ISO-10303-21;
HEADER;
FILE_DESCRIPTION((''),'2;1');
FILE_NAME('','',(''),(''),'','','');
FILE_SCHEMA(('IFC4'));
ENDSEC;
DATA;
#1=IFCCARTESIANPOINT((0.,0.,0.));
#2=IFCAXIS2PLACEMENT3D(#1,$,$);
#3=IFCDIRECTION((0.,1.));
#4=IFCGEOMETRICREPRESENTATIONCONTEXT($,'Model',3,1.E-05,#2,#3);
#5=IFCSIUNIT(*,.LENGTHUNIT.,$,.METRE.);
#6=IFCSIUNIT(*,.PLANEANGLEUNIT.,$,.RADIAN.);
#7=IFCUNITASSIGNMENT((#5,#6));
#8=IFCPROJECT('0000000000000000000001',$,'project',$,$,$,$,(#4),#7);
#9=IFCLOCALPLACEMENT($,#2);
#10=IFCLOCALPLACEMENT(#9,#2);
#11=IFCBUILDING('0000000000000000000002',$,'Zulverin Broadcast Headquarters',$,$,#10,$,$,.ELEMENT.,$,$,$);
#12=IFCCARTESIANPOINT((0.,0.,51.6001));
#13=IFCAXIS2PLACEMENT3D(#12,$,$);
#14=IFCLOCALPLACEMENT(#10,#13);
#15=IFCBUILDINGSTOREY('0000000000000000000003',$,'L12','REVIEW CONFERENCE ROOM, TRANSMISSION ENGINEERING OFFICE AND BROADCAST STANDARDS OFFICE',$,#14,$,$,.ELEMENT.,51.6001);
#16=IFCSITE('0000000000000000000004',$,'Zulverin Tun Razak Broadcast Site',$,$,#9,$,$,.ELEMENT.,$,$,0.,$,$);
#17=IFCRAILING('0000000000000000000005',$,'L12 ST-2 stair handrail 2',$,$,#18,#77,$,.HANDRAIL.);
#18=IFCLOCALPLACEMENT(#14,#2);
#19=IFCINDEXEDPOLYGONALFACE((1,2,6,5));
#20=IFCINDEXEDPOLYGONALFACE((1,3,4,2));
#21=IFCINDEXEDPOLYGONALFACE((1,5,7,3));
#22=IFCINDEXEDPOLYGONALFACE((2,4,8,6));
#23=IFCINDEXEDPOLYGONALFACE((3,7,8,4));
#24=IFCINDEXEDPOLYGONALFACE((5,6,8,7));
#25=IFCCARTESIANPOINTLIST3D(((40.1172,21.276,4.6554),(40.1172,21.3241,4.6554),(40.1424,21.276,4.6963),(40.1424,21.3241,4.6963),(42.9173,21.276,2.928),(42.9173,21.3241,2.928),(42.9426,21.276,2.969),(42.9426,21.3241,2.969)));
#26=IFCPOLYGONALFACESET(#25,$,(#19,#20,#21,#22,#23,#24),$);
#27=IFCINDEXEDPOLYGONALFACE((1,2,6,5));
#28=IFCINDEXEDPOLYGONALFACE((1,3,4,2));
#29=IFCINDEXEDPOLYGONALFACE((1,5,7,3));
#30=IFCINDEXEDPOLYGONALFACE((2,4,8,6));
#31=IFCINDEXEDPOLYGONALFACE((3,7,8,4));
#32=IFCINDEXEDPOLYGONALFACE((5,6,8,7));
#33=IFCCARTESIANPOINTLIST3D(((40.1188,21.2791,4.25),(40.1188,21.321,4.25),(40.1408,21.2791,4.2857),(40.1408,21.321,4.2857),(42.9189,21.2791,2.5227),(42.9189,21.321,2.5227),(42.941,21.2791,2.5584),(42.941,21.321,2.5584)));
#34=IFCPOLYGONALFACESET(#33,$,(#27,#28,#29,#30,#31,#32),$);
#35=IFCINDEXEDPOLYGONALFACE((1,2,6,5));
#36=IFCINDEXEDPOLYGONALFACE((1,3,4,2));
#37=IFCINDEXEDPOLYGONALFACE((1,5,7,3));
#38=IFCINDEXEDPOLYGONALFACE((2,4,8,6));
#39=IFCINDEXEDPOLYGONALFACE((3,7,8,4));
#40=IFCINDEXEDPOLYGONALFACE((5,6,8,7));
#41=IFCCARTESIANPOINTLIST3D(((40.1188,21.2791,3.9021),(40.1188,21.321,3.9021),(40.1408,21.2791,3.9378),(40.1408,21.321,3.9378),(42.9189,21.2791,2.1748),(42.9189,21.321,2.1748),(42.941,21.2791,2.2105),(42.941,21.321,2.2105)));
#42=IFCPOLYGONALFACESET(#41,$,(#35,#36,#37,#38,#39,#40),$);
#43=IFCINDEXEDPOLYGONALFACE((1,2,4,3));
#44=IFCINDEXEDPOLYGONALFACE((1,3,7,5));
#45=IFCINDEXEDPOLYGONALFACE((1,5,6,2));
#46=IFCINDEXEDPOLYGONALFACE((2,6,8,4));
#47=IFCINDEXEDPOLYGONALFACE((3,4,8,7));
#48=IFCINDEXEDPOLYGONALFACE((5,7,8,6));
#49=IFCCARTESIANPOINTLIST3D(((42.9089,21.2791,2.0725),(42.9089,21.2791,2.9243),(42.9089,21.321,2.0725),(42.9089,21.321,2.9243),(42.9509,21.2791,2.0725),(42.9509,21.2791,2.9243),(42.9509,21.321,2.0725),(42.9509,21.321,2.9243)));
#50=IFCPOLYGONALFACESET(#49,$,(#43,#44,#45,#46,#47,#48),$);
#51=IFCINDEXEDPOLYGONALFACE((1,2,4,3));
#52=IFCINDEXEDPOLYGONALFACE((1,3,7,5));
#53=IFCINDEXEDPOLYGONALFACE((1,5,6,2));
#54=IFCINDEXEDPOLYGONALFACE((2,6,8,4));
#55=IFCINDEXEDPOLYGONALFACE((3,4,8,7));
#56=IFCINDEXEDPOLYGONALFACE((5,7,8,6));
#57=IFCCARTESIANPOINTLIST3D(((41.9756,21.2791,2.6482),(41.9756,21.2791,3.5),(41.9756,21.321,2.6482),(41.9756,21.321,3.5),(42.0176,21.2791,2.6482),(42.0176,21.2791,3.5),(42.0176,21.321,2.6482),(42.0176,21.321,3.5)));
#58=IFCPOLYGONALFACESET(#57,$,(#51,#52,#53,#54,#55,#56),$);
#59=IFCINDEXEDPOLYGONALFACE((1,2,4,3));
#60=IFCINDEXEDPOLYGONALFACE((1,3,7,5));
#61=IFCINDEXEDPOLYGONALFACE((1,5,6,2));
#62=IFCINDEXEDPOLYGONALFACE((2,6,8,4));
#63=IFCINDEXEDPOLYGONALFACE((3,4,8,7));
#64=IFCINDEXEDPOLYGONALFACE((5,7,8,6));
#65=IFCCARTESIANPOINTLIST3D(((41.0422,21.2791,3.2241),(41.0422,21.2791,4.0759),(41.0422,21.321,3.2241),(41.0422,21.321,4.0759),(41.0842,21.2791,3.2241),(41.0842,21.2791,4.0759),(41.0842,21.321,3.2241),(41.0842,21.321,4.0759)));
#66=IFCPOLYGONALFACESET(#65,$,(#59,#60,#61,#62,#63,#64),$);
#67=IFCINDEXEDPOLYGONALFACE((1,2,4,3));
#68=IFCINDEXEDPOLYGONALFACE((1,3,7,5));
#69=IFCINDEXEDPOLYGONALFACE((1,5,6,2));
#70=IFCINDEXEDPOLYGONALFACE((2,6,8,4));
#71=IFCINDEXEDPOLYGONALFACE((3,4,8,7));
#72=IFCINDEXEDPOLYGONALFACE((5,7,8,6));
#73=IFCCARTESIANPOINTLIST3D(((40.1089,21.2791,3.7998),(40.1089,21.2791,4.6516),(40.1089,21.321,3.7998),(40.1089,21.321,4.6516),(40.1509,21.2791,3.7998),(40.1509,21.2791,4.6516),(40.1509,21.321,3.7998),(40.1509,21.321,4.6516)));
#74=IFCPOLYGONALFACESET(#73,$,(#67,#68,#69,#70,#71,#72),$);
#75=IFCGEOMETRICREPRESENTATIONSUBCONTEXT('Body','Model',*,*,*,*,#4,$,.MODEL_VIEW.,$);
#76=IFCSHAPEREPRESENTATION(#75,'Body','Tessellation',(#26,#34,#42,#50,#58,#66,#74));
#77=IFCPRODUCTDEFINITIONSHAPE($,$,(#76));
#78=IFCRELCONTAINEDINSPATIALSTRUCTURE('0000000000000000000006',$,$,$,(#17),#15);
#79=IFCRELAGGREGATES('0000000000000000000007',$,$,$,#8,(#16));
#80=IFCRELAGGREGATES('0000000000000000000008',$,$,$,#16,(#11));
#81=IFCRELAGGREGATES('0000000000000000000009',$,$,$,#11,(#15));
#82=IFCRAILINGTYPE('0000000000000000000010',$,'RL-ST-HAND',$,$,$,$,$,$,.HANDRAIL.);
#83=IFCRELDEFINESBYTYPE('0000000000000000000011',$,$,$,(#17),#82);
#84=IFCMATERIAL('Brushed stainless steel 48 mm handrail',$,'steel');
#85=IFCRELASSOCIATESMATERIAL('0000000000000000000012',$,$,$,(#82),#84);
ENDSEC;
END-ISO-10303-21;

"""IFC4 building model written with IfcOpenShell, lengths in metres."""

from ifc_helpers import new_model, si_unit, direction, frame, origin, origin_2d, place, context, subcontext, project, spatial, rectangle, extrude, material, type_object, element, save


model = new_model("IFC4")

# Units and contexts
model_context = context("Model", 3, precision=1e-05, world=origin(), true_north=direction((0.0, 1.0)))
body_context = subcontext(model_context, "Body", "Model", "MODEL_VIEW")
ifc_project = project(units=[si_unit("LENGTHUNIT", "METRE"), si_unit("PLANEANGLEUNIT", "RADIAN")], contexts=[model_context])

# Site, building, storey
site_placement = place(None, origin())
site = spatial("IfcSite", under=ifc_project, at=site_placement, Name="Zulverin Tun Razak Broadcast Site", CompositionType="ELEMENT", RefElevation=0.0)
building_placement = place(site_placement, origin())
building = spatial("IfcBuilding", under=site, at=building_placement, Name="Zulverin Broadcast Headquarters", CompositionType="ELEMENT")
storey_placement = place(building_placement, frame((0.0, 0.0, 51.6001)))
storey = spatial("IfcBuildingStorey", under=building, at=storey_placement, Name="L12", Description="REVIEW CONFERENCE ROOM, TRANSMISSION ENGINEERING OFFICE AND BROADCAST STANDARDS OFFICE", CompositionType="ELEMENT", Elevation=51.6001)

# Railing
ifc_material_1 = material(Name="Brushed stainless steel 48 mm handrail", Category="steel")
railing_type = type_object("IfcRailingType", Name="RL-ST-HAND", PredefinedType="HANDRAIL", material=ifc_material_1)
railing_placement = place(storey_placement, frame((42.9299, 21.3, 2.0725)))
element("IfcRailing", 1, at=railing_placement, inside=storey, type_object=railing_type, Name="L12 ST-2 stair handrail 2", PredefinedType="HANDRAIL", context=body_context, shape_type="SweptSolid", body=[
    extrude(rectangle(XDim=0.0481, YDim=0.0481, at=origin_2d()), frame((0.0, 0.0, 0.876), z_axis=(-0.85109, 0.0, 0.52502), x_axis=(0.0, -1.0, 0.0)), (0.0, 0.0, 1.0), 3.29),
    extrude(rectangle(XDim=0.042, YDim=0.042, at=origin_2d()), frame((0.0, 0.0, 0.468), z_axis=(-0.85109, 0.0, 0.52502), x_axis=(0.0, -1.0, 0.0)), (0.0, 0.0, 1.0), 3.29),
    extrude(rectangle(XDim=0.042, YDim=0.042, at=origin_2d()), frame((0.0, 0.0, 0.1201), z_axis=(-0.85109, 0.0, 0.52502), x_axis=(0.0, -1.0, 0.0)), (0.0, 0.0, 1.0), 3.29),
    extrude(rectangle(XDim=0.042, YDim=0.042, at=origin_2d()), origin(), (0.0, 0.0, 1.0), 0.8518),
    extrude(rectangle(XDim=0.042, YDim=0.042, at=origin_2d()), frame((-0.9333, 0.0, 0.5757)), (0.0, 0.0, 1.0), 0.8518),
    extrude(rectangle(XDim=0.042, YDim=0.042, at=origin_2d()), frame((-1.8667, 0.0, 1.1516)), (0.0, 0.0, 1.0), 0.8518),
    extrude(rectangle(XDim=0.042, YDim=0.042, at=origin_2d()), frame((-2.8, 0.0, 1.7273)), (0.0, 0.0, 1.0), 0.8518),
])

save(model, "model.ifc")
